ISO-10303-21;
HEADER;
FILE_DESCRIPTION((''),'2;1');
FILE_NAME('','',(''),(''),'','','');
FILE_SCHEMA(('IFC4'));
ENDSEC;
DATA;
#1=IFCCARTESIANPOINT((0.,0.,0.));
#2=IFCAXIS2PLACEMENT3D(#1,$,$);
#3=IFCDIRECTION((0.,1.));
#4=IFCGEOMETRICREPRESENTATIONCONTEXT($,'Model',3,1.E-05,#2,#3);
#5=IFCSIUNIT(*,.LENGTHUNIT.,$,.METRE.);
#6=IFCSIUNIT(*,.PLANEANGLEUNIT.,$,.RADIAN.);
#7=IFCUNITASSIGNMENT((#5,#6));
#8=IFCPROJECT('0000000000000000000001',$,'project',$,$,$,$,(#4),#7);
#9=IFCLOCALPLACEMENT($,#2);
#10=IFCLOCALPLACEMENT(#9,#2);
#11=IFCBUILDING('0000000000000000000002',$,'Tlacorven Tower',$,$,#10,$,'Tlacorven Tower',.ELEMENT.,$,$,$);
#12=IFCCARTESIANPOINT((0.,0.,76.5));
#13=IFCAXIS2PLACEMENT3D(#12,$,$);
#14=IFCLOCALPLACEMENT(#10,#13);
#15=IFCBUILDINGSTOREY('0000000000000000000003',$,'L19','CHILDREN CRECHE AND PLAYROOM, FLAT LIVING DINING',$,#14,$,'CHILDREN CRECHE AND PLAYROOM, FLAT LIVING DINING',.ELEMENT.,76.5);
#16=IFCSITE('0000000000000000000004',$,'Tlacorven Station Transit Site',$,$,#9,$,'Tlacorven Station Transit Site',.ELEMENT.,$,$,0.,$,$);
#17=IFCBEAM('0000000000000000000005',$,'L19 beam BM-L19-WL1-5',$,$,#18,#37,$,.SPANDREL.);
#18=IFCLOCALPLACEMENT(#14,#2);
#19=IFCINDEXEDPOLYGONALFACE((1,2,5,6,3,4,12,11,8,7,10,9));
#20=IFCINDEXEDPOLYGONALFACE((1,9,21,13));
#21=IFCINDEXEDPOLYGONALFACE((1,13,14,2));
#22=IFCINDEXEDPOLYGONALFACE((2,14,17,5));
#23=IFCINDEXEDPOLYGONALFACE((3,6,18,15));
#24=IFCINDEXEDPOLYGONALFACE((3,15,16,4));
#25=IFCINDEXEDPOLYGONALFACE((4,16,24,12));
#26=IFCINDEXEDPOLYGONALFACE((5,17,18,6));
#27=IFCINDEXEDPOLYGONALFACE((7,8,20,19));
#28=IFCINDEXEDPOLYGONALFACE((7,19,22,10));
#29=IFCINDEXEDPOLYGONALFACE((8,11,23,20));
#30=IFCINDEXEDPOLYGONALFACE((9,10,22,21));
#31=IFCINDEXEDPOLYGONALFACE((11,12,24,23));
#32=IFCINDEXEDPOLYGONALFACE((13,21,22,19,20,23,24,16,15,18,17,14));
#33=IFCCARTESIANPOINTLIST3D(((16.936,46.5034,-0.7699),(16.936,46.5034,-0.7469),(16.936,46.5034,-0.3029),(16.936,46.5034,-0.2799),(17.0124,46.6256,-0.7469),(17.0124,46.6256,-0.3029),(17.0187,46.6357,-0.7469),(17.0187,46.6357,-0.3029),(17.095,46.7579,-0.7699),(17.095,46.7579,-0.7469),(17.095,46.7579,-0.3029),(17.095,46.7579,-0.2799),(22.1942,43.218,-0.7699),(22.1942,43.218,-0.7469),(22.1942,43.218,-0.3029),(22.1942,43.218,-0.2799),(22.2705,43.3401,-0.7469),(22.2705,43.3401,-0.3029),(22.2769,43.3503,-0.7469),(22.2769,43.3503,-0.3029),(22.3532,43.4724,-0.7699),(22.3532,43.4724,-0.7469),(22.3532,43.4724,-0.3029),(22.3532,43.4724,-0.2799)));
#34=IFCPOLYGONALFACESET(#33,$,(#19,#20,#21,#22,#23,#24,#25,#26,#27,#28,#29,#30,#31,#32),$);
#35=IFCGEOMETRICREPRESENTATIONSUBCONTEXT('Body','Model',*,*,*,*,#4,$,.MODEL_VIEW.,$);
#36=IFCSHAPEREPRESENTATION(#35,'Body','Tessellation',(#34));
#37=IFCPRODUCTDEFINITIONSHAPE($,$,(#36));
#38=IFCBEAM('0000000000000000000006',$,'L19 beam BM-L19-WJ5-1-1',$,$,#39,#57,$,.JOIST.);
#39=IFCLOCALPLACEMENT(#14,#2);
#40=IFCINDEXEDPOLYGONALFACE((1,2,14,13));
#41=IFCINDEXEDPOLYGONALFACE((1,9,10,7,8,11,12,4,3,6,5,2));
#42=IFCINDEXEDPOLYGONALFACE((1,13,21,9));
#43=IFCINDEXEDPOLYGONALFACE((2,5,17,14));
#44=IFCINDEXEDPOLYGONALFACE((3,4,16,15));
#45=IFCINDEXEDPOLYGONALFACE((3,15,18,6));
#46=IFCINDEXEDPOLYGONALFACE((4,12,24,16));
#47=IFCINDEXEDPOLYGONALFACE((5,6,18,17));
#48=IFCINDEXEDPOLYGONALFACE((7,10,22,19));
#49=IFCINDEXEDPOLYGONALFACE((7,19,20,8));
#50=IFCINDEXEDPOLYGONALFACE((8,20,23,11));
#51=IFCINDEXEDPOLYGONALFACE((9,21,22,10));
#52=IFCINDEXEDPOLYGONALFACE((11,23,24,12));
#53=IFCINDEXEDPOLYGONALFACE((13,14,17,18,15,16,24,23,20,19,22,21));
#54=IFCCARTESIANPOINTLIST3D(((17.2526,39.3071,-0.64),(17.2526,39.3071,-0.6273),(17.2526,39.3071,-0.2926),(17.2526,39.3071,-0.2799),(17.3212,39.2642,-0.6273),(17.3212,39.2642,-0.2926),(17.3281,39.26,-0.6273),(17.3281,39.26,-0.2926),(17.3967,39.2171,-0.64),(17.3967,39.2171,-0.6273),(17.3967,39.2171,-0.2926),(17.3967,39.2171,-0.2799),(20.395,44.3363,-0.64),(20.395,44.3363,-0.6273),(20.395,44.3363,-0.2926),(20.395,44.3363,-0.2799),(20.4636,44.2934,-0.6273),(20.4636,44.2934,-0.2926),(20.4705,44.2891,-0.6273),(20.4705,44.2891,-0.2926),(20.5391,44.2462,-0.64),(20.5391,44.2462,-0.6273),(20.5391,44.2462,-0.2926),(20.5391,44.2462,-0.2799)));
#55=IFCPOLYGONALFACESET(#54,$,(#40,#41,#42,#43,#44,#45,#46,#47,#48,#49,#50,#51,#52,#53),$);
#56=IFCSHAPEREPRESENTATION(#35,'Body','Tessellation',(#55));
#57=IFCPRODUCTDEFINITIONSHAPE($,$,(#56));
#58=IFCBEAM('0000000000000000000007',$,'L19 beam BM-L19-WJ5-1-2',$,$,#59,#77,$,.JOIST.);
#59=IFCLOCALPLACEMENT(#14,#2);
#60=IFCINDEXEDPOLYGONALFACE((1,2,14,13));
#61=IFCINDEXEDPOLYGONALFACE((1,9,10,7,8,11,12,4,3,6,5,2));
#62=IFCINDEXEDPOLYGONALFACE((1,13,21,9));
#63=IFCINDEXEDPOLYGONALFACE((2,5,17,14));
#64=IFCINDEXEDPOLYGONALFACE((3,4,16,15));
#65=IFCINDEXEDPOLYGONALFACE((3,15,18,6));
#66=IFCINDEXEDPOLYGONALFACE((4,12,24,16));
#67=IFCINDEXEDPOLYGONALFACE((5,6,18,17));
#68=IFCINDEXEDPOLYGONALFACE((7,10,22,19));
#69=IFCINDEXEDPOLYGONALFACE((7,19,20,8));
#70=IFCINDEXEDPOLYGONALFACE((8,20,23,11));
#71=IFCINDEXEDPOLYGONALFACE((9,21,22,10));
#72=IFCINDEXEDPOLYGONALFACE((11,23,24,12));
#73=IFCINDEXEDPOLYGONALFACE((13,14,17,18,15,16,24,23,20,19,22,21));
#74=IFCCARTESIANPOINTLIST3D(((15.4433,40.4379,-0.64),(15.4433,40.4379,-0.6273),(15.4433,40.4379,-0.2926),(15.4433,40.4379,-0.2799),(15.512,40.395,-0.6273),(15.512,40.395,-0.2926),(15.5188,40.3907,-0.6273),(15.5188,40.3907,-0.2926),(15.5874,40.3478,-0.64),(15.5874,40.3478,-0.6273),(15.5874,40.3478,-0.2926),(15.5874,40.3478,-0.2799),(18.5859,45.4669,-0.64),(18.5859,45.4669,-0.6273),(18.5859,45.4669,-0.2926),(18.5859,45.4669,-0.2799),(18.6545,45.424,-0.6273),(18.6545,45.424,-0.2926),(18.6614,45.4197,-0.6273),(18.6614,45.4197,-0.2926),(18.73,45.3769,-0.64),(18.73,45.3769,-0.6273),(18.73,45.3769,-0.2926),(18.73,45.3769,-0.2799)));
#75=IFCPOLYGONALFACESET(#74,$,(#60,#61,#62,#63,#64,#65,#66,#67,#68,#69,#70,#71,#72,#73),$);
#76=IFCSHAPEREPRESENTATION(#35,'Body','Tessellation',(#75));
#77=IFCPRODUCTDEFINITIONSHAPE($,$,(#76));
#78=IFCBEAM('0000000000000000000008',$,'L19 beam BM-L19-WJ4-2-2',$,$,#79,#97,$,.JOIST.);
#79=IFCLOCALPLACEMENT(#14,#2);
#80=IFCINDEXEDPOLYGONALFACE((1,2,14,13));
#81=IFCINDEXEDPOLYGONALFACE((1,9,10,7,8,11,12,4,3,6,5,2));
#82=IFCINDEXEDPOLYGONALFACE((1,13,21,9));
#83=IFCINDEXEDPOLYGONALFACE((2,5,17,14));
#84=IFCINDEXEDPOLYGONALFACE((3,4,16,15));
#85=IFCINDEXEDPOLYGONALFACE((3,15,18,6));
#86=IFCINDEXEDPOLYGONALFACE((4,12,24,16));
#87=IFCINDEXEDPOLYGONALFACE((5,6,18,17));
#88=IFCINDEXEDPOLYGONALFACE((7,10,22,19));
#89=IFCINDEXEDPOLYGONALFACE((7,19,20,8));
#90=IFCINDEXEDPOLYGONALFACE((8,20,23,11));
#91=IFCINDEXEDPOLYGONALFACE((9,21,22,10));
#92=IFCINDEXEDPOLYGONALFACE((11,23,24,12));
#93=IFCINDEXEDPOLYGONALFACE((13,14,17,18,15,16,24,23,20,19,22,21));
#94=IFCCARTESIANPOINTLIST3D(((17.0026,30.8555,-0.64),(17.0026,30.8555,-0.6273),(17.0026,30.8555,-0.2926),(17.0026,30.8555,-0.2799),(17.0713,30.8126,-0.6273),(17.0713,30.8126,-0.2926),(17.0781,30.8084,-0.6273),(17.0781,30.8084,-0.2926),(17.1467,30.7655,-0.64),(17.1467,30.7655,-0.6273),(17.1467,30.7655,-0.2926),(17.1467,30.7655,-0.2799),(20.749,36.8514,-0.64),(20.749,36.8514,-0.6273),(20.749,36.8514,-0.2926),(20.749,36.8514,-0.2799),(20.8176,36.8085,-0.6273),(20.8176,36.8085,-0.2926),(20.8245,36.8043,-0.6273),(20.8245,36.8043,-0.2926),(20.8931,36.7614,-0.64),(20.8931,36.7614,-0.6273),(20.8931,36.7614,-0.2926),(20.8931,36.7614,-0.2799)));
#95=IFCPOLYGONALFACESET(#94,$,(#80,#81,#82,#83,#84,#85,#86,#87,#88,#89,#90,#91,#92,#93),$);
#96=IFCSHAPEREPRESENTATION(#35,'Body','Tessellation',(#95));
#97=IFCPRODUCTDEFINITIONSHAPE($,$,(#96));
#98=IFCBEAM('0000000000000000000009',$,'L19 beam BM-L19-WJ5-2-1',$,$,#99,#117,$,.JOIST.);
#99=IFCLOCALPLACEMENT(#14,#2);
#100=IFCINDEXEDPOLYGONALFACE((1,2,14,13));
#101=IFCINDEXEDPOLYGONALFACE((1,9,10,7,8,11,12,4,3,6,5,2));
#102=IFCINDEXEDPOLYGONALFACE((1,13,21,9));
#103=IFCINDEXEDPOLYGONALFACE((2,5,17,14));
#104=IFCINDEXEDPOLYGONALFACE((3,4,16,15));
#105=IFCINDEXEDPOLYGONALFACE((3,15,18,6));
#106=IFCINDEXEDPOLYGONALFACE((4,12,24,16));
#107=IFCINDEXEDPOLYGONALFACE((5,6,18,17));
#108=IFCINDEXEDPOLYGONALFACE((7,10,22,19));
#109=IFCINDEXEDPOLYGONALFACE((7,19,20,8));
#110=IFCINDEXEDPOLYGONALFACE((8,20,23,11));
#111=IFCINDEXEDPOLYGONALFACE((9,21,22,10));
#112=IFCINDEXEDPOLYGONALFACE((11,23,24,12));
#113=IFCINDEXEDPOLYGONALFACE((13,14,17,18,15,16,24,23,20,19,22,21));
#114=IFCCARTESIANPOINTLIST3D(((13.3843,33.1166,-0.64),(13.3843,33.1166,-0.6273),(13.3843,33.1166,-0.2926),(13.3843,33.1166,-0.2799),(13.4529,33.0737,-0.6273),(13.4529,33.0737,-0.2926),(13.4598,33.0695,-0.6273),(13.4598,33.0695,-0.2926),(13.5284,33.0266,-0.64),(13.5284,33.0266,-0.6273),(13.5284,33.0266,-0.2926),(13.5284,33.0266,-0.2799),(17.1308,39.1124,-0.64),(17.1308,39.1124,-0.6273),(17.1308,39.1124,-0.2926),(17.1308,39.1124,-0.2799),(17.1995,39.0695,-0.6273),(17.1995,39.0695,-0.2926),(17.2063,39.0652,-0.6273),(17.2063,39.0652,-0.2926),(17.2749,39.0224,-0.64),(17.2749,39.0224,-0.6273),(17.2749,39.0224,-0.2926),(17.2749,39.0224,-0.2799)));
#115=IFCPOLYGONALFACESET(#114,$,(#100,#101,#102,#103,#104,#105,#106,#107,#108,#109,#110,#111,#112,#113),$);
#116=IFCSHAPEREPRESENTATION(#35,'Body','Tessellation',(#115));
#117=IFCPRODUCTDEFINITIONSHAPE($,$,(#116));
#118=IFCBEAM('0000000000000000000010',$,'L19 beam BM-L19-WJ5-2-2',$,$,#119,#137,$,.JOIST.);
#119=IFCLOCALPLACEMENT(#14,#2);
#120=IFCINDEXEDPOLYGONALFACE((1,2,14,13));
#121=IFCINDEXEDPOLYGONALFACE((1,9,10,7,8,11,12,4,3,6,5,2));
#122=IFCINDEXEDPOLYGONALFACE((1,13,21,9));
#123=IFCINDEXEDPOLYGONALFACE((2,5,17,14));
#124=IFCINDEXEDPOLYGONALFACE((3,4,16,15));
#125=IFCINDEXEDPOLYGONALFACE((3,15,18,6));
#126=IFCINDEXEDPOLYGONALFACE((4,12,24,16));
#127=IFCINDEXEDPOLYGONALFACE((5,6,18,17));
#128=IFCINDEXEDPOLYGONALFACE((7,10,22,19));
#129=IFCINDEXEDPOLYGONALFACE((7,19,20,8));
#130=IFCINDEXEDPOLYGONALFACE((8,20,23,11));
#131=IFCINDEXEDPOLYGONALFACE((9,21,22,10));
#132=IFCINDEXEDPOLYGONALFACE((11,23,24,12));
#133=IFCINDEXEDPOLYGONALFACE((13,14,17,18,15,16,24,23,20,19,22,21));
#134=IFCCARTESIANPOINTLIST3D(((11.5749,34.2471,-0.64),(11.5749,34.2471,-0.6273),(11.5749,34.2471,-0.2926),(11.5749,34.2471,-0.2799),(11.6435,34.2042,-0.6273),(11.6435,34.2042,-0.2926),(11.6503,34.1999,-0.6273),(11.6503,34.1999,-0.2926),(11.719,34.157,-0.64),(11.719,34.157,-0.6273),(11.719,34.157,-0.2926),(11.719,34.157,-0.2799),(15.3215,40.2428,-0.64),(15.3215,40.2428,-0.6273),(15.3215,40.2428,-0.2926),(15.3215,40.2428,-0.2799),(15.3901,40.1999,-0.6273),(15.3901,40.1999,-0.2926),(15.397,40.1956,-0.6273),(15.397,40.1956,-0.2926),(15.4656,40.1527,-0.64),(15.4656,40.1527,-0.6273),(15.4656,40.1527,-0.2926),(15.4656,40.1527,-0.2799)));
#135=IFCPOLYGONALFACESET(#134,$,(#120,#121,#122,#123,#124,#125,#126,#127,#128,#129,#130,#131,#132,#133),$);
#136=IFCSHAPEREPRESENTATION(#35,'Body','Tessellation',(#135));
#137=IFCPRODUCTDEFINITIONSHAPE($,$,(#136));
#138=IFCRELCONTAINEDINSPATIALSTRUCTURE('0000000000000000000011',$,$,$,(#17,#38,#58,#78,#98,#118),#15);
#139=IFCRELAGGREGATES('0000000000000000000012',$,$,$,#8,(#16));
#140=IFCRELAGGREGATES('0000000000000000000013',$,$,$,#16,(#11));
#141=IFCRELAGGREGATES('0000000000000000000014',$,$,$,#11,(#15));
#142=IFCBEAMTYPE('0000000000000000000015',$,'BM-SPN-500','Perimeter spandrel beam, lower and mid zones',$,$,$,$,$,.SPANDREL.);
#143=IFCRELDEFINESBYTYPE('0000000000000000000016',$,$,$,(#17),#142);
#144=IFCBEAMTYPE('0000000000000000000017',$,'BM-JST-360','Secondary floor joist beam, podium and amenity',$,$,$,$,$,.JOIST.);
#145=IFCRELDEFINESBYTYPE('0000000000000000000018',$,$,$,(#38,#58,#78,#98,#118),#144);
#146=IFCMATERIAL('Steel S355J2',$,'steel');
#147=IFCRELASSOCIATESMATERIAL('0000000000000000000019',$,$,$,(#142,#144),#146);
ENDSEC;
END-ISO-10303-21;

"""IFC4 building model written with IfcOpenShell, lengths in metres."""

from ifc_helpers import new_model, si_unit, direction, frame, origin, origin_2d, place, context, subcontext, project, spatial, i_section, extrude, source, transform, mapped, material, material_profile, profile_set, type_object, element, save


model = new_model("IFC4")

# Units and contexts
model_context = context("Model", 3, precision=1e-05, world=origin(), true_north=direction((0.0, 1.0)))
body_context = subcontext(model_context, "Body", "Model", "MODEL_VIEW")
ifc_project = project(units=[si_unit("LENGTHUNIT", "METRE"), si_unit("PLANEANGLEUNIT", "RADIAN")], contexts=[model_context])

# Site, building, storey
site_placement = place(None, origin())
site = spatial("IfcSite", under=ifc_project, at=site_placement, Name="Tlacorven Station Transit Site", LongName="Tlacorven Station Transit Site", CompositionType="ELEMENT", RefElevation=0.0)
building_placement = place(site_placement, origin())
building = spatial("IfcBuilding", under=site, at=building_placement, Name="Tlacorven Tower", LongName="Tlacorven Tower", CompositionType="ELEMENT")
storey_placement = place(building_placement, frame((0.0, 0.0, 76.5)))
storey = spatial("IfcBuildingStorey", under=building, at=storey_placement, Name="L19", Description="CHILDREN CRECHE AND PLAYROOM, FLAT LIVING DINING", LongName="CHILDREN CRECHE AND PLAYROOM, FLAT LIVING DINING", CompositionType="ELEMENT", Elevation=76.5)

# Beams
ifc_material_1 = material(Name="Steel S355J2", Category="steel")
ifc_material_profile_1 = material_profile(ifc_material_1, i_section(OverallWidth=0.3, OverallDepth=0.49, WebThickness=0.012, FlangeThickness=0.0229, at=origin_2d()), Name="HEA 500")
ifc_profile_set_1 = profile_set([ifc_material_profile_1], Name="Steel S355J2")
beam_type_1 = type_object("IfcBeamType", Name="BM-SPN-500", Description="Perimeter spandrel beam, lower and mid zones", PredefinedType="SPANDREL", material=ifc_profile_set_1)
shared_shape_1 = source(origin(), body_context, "Body", "SweptSolid", [
    extrude(i_section(OverallWidth=0.3, OverallDepth=0.49, WebThickness=0.012, FlangeThickness=0.0229, at=origin_2d()), origin(), (0.0, 0.0, 1.0), 6.2002),
])
beam_1_placement = place(storey_placement, frame((22.2737, 43.3452, -0.5249), z_axis=(-0.848062, 0.529896, 0.0), x_axis=(-0.529896, -0.848062, 0.0)))
element("IfcBeam", 1, at=beam_1_placement, inside=storey, type_object=beam_type_1, Name="L19 beam BM-L19-WL1-5", PredefinedType="SPANDREL", context=body_context, shape_type="MappedRepresentation", body=[
    mapped(shared_shape_1, transform((0.0, 0.0, 0.0), scale=1.0)),
])
ifc_material_profile_2 = material_profile(ifc_material_1, i_section(OverallWidth=0.1699, OverallDepth=0.3601, WebThickness=0.0081, FlangeThickness=0.0127, at=origin_2d()), Name="IPE 360")
ifc_profile_set_2 = profile_set([ifc_material_profile_2], Name="Steel S355J2")
beam_type_2 = type_object("IfcBeamType", Name="BM-JST-360", Description="Secondary floor joist beam, podium and amenity", PredefinedType="JOIST", material=ifc_profile_set_2)
shared_shape_2 = source(origin(), body_context, "Body", "SweptSolid", [
    extrude(i_section(OverallWidth=0.1699, OverallDepth=0.3601, WebThickness=0.0081, FlangeThickness=0.0127, at=origin_2d()), origin(), (0.0, 0.0, 1.0), 5.9302),
])
for number, where, z_axis, x_axis, name in (
    (2, (20.467, 44.2913, -0.46), (-0.529899, -0.848061, 0.0), (0.848061, -0.529899, 0.0), "L19 beam BM-L19-WJ5-1-1"),
    (3, (18.658, 45.4219, -0.46), (-0.529929, -0.848042, 0.0), (0.848042, -0.529929, 0.0), "L19 beam BM-L19-WJ5-1-2"),
):
    element("IfcBeam", number, at=place(storey_placement, frame(where, z_axis=z_axis, x_axis=x_axis)), inside=storey, type_object=beam_type_2, Name=name, PredefinedType="JOIST", context=body_context, shape_type="MappedRepresentation", body=[
        mapped(shared_shape_2, transform((0.0, 0.0, 0.0), scale=1.0)),
    ])
shared_shape_3 = source(origin(), body_context, "Body", "SweptSolid", [
    extrude(i_section(OverallWidth=0.1699, OverallDepth=0.3601, WebThickness=0.0081, FlangeThickness=0.0127, at=origin_2d()), origin(), (0.0, 0.0, 1.0), 7.0701),
])
for number, where, z_axis, x_axis, name in (
    (4, (20.821, 36.8064, -0.46), (-0.52989, -0.848066, 0.0), (0.848066, -0.52989, 0.0), "L19 beam BM-L19-WJ4-2-2"),
    (5, (17.2029, 39.0674, -0.46), (-0.529915, -0.848051, 0.0), (0.848051, -0.529915, 0.0), "L19 beam BM-L19-WJ5-2-1"),
    (6, (15.3936, 40.1978, -0.46), (-0.529931, -0.848041, 0.0), (0.848041, -0.529931, 0.0), "L19 beam BM-L19-WJ5-2-2"),
):
    element("IfcBeam", number, at=place(storey_placement, frame(where, z_axis=z_axis, x_axis=x_axis)), inside=storey, type_object=beam_type_2, Name=name, PredefinedType="JOIST", context=body_context, shape_type="MappedRepresentation", body=[
        mapped(shared_shape_3, transform((0.0, 0.0, 0.0), scale=1.0)),
    ])

save(model, "model.ifc")
